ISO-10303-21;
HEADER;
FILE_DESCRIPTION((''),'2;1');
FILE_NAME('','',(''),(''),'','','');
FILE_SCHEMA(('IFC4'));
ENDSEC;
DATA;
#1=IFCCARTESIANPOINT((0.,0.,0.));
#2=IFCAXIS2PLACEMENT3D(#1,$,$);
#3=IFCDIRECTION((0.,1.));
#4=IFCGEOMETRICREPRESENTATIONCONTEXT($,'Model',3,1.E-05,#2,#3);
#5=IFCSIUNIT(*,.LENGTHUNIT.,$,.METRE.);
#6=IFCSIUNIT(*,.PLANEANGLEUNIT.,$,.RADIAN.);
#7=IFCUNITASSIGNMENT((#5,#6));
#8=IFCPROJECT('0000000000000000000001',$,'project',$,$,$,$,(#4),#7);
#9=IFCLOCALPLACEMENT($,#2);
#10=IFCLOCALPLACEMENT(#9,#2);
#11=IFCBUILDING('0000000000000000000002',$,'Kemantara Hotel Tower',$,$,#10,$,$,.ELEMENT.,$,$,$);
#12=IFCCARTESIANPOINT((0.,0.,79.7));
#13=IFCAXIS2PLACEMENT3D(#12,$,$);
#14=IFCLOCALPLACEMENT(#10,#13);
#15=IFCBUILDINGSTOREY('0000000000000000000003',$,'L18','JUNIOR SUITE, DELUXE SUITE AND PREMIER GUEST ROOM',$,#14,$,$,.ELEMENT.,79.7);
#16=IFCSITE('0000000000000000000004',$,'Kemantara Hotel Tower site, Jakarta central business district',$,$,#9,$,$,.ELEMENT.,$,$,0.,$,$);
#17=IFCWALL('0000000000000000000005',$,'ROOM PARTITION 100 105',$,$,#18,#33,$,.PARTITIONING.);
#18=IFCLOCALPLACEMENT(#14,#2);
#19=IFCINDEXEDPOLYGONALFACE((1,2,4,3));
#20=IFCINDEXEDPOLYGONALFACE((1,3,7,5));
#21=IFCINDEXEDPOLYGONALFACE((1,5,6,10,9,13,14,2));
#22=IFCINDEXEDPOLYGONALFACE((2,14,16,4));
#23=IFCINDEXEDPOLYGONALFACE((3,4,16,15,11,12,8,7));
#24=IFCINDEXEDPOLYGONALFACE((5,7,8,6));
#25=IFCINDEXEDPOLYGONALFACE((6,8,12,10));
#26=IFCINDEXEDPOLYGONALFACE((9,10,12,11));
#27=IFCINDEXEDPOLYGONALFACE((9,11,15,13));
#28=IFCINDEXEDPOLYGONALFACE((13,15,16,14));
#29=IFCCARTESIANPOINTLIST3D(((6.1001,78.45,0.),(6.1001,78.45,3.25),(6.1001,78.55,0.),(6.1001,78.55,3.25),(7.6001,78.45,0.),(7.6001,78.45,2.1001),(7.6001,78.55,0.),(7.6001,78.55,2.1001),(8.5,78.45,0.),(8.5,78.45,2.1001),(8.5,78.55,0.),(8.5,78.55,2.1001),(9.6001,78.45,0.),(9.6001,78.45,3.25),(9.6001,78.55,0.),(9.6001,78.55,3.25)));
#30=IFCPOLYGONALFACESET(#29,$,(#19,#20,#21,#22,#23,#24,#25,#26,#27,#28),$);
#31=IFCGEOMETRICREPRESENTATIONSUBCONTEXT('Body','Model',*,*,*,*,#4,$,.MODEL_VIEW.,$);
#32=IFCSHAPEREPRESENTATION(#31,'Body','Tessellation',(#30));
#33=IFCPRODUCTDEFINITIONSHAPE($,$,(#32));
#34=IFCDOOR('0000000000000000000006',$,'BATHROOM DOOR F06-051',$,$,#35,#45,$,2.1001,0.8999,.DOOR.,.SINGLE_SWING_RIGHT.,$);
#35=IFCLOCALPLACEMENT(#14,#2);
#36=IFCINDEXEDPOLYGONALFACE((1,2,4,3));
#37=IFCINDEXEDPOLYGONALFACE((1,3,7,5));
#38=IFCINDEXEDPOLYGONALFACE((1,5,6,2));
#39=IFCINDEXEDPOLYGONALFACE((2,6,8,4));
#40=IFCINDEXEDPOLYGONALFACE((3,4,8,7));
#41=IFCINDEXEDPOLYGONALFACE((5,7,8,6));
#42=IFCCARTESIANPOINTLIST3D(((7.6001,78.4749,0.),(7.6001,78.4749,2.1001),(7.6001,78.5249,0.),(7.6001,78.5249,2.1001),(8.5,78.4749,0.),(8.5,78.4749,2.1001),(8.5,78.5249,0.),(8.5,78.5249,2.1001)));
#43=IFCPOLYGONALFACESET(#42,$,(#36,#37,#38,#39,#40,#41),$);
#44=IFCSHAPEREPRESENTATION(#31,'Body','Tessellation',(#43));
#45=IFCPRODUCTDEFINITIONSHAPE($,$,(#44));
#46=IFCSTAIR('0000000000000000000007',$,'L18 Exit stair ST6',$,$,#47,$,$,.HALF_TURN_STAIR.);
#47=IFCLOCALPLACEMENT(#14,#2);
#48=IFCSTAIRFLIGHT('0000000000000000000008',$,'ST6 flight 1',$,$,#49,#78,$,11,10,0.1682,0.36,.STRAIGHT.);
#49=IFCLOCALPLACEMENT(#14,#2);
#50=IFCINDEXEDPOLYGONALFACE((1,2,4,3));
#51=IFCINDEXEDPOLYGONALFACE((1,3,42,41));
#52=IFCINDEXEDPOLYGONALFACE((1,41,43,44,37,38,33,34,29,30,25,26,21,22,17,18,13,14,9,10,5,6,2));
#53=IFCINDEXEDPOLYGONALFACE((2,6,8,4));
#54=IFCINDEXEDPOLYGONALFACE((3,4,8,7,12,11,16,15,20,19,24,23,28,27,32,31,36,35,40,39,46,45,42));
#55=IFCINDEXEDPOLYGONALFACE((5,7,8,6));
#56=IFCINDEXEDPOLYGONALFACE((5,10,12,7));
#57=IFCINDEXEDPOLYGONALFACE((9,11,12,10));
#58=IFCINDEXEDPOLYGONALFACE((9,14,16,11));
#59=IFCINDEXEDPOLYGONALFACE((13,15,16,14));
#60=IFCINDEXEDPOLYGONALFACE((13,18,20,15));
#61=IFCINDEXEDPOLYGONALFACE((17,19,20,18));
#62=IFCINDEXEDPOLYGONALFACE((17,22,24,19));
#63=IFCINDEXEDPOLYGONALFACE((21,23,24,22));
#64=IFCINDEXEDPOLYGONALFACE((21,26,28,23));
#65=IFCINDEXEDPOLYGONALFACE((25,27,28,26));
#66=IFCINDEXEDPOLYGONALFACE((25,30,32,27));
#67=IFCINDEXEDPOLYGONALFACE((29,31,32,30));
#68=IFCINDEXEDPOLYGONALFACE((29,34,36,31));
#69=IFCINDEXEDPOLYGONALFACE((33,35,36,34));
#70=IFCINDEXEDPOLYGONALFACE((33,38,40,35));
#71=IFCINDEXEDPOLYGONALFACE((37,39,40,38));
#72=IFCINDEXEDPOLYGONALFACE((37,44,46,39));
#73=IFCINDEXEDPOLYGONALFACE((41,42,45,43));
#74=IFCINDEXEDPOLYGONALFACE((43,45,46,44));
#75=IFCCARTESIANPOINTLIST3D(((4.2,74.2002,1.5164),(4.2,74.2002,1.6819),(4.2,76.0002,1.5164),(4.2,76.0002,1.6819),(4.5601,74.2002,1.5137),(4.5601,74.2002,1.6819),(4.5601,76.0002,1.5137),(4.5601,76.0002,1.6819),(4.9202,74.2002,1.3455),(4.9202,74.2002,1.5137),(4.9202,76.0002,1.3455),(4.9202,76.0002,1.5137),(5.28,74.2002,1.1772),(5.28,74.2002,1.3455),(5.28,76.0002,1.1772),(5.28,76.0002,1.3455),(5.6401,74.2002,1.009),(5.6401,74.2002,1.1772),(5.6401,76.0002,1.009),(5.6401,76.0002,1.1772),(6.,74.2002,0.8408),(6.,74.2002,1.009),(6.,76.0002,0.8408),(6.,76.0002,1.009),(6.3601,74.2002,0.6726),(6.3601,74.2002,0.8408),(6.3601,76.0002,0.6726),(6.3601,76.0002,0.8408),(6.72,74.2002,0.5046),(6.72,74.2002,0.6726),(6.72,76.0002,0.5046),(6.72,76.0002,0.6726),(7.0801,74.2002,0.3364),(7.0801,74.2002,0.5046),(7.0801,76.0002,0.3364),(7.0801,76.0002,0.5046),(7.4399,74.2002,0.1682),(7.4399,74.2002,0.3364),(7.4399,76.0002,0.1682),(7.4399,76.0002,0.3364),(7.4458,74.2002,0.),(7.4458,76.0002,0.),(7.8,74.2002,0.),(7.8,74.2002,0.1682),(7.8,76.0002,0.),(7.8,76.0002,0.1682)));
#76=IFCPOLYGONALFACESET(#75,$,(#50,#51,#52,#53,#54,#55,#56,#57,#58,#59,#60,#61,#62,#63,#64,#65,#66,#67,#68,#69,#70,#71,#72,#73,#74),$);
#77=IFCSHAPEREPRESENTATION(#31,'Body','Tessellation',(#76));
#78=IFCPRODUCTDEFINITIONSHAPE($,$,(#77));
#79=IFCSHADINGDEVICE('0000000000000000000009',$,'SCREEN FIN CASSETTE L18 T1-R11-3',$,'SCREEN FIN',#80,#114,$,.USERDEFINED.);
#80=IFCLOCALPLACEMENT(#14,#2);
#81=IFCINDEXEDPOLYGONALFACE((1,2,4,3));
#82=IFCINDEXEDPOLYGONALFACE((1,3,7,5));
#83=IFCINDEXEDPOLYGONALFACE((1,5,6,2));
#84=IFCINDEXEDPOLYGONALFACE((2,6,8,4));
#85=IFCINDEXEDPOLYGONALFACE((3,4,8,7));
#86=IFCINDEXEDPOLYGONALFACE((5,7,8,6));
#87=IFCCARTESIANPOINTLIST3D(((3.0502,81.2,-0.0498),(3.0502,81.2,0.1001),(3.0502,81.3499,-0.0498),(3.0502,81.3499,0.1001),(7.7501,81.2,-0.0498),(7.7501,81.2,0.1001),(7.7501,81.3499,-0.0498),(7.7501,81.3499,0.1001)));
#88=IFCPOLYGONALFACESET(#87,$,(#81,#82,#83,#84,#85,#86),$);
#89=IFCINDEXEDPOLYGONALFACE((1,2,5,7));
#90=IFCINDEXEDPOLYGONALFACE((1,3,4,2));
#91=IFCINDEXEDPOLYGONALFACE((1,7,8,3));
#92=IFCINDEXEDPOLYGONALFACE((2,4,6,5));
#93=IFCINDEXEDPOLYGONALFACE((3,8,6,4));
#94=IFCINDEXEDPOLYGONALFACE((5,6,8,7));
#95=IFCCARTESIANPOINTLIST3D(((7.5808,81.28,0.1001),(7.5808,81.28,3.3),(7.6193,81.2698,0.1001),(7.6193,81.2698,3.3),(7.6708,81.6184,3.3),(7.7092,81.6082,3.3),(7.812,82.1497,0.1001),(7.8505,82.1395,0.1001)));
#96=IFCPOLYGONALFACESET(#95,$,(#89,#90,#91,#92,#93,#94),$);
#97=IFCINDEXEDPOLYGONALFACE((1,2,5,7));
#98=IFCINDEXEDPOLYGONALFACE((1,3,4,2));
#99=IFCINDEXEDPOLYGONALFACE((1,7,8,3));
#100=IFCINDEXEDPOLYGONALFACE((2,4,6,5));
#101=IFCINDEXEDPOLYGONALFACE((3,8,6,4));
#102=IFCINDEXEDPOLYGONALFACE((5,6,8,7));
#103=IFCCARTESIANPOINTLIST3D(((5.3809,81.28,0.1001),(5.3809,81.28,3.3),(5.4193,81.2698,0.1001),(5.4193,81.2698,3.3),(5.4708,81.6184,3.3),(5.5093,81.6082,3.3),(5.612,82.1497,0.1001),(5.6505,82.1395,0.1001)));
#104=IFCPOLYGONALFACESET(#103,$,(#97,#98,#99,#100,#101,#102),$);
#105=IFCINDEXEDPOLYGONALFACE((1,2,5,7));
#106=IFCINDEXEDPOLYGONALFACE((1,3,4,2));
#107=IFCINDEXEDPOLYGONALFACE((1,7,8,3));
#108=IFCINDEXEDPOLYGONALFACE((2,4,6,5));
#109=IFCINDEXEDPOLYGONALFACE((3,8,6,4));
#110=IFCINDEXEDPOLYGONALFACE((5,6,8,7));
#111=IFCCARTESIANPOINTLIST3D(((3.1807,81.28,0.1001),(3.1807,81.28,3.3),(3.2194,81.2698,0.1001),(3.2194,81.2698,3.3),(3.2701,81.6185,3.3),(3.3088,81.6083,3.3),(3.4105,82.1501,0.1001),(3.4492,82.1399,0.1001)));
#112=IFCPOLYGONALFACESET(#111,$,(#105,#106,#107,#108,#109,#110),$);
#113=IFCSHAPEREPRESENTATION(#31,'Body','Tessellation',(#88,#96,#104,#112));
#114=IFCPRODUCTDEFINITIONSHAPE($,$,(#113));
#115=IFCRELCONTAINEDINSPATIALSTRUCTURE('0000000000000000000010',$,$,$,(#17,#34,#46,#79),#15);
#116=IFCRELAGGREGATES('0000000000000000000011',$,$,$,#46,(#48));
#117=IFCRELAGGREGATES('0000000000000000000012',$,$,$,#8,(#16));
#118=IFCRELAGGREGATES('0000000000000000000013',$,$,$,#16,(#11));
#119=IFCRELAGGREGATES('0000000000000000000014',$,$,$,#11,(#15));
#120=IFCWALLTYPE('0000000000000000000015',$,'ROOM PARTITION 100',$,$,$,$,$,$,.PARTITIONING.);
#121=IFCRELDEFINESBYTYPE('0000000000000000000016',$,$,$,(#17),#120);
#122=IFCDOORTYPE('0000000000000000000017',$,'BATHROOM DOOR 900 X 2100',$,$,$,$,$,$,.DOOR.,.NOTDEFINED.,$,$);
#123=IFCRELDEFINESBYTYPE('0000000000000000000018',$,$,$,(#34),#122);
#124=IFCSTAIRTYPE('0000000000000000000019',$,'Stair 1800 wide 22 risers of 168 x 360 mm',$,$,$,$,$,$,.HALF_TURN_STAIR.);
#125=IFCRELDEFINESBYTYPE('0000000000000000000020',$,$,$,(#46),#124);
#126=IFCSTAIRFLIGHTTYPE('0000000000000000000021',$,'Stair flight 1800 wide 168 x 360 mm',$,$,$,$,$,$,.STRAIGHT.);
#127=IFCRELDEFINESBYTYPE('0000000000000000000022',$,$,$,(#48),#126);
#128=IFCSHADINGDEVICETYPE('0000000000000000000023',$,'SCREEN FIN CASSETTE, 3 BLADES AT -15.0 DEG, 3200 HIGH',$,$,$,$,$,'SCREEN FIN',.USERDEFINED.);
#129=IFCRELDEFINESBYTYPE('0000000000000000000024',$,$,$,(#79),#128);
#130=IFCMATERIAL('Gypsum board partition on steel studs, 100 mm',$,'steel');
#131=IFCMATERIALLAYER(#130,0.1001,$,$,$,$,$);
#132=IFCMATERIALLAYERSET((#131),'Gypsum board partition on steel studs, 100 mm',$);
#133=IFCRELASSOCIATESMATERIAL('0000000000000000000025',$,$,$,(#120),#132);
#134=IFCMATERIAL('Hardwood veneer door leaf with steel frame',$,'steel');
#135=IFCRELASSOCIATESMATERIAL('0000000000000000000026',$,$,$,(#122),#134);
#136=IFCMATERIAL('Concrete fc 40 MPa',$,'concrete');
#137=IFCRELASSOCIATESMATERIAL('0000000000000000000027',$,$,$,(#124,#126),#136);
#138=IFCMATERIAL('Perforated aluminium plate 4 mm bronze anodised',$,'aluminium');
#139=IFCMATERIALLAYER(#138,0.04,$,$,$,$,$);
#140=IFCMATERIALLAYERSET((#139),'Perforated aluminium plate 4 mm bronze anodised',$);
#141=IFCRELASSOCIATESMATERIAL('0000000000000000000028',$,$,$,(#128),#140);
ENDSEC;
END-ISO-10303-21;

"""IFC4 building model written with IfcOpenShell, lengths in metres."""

from ifc_helpers import new_model, si_unit, direction, frame, frame_2d, origin, origin_2d, place, context, subcontext, project, spatial, polyline, rectangle, outline, extrude, source, transform, mapped, material, layer, layer_set, type_object, element, fill, aggregate, save


model = new_model("IFC4")

# Units and contexts
model_context = context("Model", 3, precision=1e-05, world=origin(), true_north=direction((0.0, 1.0)))
body_context = subcontext(model_context, "Body", "Model", "MODEL_VIEW")
ifc_project = project(units=[si_unit("LENGTHUNIT", "METRE"), si_unit("PLANEANGLEUNIT", "RADIAN")], contexts=[model_context])

# Site, building, storey
site_placement = place(None, origin())
site = spatial("IfcSite", under=ifc_project, at=site_placement, Name="Kemantara Hotel Tower site, Jakarta central business district", CompositionType="ELEMENT", RefElevation=0.0)
building_placement = place(site_placement, origin())
building = spatial("IfcBuilding", under=site, at=building_placement, Name="Kemantara Hotel Tower", CompositionType="ELEMENT")
storey_placement = place(building_placement, frame((0.0, 0.0, 79.7)))
storey = spatial("IfcBuildingStorey", under=building, at=storey_placement, Name="L18", Description="JUNIOR SUITE, DELUXE SUITE AND PREMIER GUEST ROOM", CompositionType="ELEMENT", Elevation=79.7)

# Shared definitions
ifc_material_1 = material(Name="Hardwood veneer door leaf with steel frame", Category="steel")
ifc_material_2 = material(Name="Concrete fc 40 MPa", Category="concrete")

# Shared definitions
ifc_material_3 = material(Name="Gypsum board partition on steel studs, 100 mm", Category="steel")
ifc_layer_1 = layer(ifc_material_3, 0.1001)
ifc_layer_set_1 = layer_set([ifc_layer_1], Name="Gypsum board partition on steel studs, 100 mm")
wall_type_1 = type_object("IfcWallType", Name="ROOM PARTITION 100", PredefinedType="PARTITIONING", material=ifc_layer_set_1)

# Wall, opening, door
wall_1_placement = place(storey_placement, frame((6.1001, 78.5, 0.0), z_axis=(0.0, 0.0, 1.0), x_axis=(1.0, 0.0, 0.0)))
wall_1 = element("IfcWall", 1, at=wall_1_placement, inside=storey, type_object=wall_type_1, Name="ROOM PARTITION 100 105", PredefinedType="PARTITIONING", context=body_context, shape_type="SweptSolid", body=[
    extrude(rectangle(XDim=3.5, YDim=0.1001, at=frame_2d((1.75, 0.0))), origin(), (0.0, 0.0, 1.0), 3.25),
])
opening_1_placement = place(wall_1_placement, frame((1.5, 0.0, 0.0)))
opening_1 = element("IfcOpeningElement", 2, at=opening_1_placement, cuts=wall_1, PredefinedType="OPENING", context=body_context, shape_type="SweptSolid", body=[
    extrude(rectangle(XDim=0.8999, YDim=2.1001, at=frame_2d((0.45, 1.05))), frame((0.0, 0.0601, 0.0), z_axis=(0.0, -1.0, 0.0), x_axis=(1.0, 0.0, 0.0)), (0.0, 0.0, 1.0), 0.1201),
])
door_type_1 = type_object("IfcDoorType", Name="BATHROOM DOOR 900 X 2100", OperationType="NOTDEFINED", PredefinedType="DOOR", material=ifc_material_1)
door_1_placement = place(opening_1_placement, origin())
door_1 = element("IfcDoor", 3, at=door_1_placement, inside=storey, type_object=door_type_1, Name="BATHROOM DOOR F06-051", OperationType="SINGLE_SWING_RIGHT", OverallHeight=2.1001, OverallWidth=0.8999, PredefinedType="DOOR", context=body_context, shape_type="SweptSolid", body=[
    extrude(rectangle(XDim=0.8999, YDim=2.1001, at=frame_2d((0.45, 1.05))), frame((0.0, 0.0249, 0.0), z_axis=(0.0, -1.0, 0.0), x_axis=(1.0, 0.0, 0.0)), (0.0, 0.0, 1.0), 0.05),
])
fill(opening_1, door_1)

# Stair, stair flight
stair_type = type_object("IfcStairType", Name="Stair 1800 wide 22 risers of 168 x 360 mm", PredefinedType="HALF_TURN_STAIR", material=ifc_material_2)
stair_placement = place(storey_placement, origin())
stair = element("IfcStair", 4, at=stair_placement, inside=storey, type_object=stair_type, Name="L18 Exit stair ST6", PredefinedType="HALF_TURN_STAIR")
stair_flight_type = type_object("IfcStairFlightType", Name="Stair flight 1800 wide 168 x 360 mm", PredefinedType="STRAIGHT", material=ifc_material_2)
stair_flight_placement = place(storey_placement, frame((7.8, 75.1001, 0.0), z_axis=(0.0, 0.0, 1.0), x_axis=(-1.0, 0.0, 0.0)))
stair_flight = element("IfcStairFlight", 5, at=stair_flight_placement, type_object=stair_flight_type, Name="ST6 flight 1", NumberOfRisers=11, NumberOfTreads=10, PredefinedType="STRAIGHT", RiserHeight=0.1682, TreadLength=0.36, context=body_context, shape_type="SweptSolid", body=[
    extrude(outline(polyline([(0.0, 0.0), (0.0, 0.1682), (0.3601, 0.1682), (0.3601, 0.3364), (0.72, 0.3364), (0.72, 0.5046), (1.0801, 0.5046), (1.0801, 0.6726), (1.4399, 0.6726), (1.4399, 0.8408), (1.8, 0.8408), (1.8, 1.009), (2.1599, 1.009), (2.1599, 1.1772), (2.52, 1.1772), (2.52, 1.3455), (2.8799, 1.3455), (2.8799, 1.5137), (3.24, 1.5137), (3.24, 1.6819), (3.6001, 1.6819), (3.6001, 1.8501), (3.6001, 1.5164), (0.3542, 0.0), (0.0, 0.0)])), frame((0.0, 0.8999, 0.0), z_axis=(0.0, -1.0, 0.0), x_axis=(1.0, 0.0, 0.0)), (0.0, 0.0, 1.0), 1.8),
])
aggregate(stair, [stair_flight])

# Shading device
ifc_material_4 = material(Name="Perforated aluminium plate 4 mm bronze anodised", Category="aluminium")
ifc_layer_2 = layer(ifc_material_4, 0.04)
ifc_layer_set_2 = layer_set([ifc_layer_2], Name="Perforated aluminium plate 4 mm bronze anodised")
shading_device_type = type_object("IfcShadingDeviceType", Name="SCREEN FIN CASSETTE, 3 BLADES AT -15.0 DEG, 3200 HIGH", ElementType="SCREEN FIN", PredefinedType="USERDEFINED", material=ifc_layer_set_2)
shared_shape_1 = source(origin(), body_context, "Body", "SweptSolid", [
    extrude(rectangle(XDim=4.7, YDim=0.1499, at=origin_2d()), frame((2.2, -0.075, -0.1499), z_axis=(0.0, 0.0, 1.0), x_axis=(1.0, 0.0, 0.0)), (0.0, 0.0, 1.0), 0.1499),
    extrude(outline(polyline([(0.0, 0.0), (0.8999, 0.0), (0.3501, 3.2), (0.0, 3.2), (0.0, 0.0)])), frame((0.0193, -0.0801, 0.0), z_axis=(-0.966438, 0.256901, 0.0), x_axis=(-0.256901, -0.966438, 0.0)), (0.0, 0.0, 1.0), 0.0398),
    extrude(outline(polyline([(0.0, 0.0), (0.8999, 0.0), (0.3501, 3.2), (0.0, 3.2), (0.0, 0.0)])), frame((2.2192, -0.0801, 0.0), z_axis=(-0.966438, 0.256901, 0.0), x_axis=(-0.256901, -0.966438, 0.0)), (0.0, 0.0, 1.0), 0.0398),
    extrude(outline(polyline([(0.0, 0.0), (0.8999, 0.0), (0.3501, 3.2), (0.0, 3.2), (0.0, 0.0)])), frame((4.4194, -0.0801, 0.0), z_axis=(-0.966838, 0.255391, 0.0), x_axis=(-0.255391, -0.966838, 0.0)), (0.0, 0.0, 1.0), 0.04),
])
shading_device_placement = place(storey_placement, frame((7.6001, 81.2, 0.1001), z_axis=(0.0, 0.0, 1.0), x_axis=(-1.0, 0.0, 0.0)))
element("IfcShadingDevice", 6, at=shading_device_placement, inside=storey, type_object=shading_device_type, Name="SCREEN FIN CASSETTE L18 T1-R11-3", ObjectType="SCREEN FIN", PredefinedType="USERDEFINED", context=body_context, shape_type="MappedRepresentation", body=[
    mapped(shared_shape_1, transform((0.0, 0.0, 0.0))),
])

save(model, "model.ifc")
